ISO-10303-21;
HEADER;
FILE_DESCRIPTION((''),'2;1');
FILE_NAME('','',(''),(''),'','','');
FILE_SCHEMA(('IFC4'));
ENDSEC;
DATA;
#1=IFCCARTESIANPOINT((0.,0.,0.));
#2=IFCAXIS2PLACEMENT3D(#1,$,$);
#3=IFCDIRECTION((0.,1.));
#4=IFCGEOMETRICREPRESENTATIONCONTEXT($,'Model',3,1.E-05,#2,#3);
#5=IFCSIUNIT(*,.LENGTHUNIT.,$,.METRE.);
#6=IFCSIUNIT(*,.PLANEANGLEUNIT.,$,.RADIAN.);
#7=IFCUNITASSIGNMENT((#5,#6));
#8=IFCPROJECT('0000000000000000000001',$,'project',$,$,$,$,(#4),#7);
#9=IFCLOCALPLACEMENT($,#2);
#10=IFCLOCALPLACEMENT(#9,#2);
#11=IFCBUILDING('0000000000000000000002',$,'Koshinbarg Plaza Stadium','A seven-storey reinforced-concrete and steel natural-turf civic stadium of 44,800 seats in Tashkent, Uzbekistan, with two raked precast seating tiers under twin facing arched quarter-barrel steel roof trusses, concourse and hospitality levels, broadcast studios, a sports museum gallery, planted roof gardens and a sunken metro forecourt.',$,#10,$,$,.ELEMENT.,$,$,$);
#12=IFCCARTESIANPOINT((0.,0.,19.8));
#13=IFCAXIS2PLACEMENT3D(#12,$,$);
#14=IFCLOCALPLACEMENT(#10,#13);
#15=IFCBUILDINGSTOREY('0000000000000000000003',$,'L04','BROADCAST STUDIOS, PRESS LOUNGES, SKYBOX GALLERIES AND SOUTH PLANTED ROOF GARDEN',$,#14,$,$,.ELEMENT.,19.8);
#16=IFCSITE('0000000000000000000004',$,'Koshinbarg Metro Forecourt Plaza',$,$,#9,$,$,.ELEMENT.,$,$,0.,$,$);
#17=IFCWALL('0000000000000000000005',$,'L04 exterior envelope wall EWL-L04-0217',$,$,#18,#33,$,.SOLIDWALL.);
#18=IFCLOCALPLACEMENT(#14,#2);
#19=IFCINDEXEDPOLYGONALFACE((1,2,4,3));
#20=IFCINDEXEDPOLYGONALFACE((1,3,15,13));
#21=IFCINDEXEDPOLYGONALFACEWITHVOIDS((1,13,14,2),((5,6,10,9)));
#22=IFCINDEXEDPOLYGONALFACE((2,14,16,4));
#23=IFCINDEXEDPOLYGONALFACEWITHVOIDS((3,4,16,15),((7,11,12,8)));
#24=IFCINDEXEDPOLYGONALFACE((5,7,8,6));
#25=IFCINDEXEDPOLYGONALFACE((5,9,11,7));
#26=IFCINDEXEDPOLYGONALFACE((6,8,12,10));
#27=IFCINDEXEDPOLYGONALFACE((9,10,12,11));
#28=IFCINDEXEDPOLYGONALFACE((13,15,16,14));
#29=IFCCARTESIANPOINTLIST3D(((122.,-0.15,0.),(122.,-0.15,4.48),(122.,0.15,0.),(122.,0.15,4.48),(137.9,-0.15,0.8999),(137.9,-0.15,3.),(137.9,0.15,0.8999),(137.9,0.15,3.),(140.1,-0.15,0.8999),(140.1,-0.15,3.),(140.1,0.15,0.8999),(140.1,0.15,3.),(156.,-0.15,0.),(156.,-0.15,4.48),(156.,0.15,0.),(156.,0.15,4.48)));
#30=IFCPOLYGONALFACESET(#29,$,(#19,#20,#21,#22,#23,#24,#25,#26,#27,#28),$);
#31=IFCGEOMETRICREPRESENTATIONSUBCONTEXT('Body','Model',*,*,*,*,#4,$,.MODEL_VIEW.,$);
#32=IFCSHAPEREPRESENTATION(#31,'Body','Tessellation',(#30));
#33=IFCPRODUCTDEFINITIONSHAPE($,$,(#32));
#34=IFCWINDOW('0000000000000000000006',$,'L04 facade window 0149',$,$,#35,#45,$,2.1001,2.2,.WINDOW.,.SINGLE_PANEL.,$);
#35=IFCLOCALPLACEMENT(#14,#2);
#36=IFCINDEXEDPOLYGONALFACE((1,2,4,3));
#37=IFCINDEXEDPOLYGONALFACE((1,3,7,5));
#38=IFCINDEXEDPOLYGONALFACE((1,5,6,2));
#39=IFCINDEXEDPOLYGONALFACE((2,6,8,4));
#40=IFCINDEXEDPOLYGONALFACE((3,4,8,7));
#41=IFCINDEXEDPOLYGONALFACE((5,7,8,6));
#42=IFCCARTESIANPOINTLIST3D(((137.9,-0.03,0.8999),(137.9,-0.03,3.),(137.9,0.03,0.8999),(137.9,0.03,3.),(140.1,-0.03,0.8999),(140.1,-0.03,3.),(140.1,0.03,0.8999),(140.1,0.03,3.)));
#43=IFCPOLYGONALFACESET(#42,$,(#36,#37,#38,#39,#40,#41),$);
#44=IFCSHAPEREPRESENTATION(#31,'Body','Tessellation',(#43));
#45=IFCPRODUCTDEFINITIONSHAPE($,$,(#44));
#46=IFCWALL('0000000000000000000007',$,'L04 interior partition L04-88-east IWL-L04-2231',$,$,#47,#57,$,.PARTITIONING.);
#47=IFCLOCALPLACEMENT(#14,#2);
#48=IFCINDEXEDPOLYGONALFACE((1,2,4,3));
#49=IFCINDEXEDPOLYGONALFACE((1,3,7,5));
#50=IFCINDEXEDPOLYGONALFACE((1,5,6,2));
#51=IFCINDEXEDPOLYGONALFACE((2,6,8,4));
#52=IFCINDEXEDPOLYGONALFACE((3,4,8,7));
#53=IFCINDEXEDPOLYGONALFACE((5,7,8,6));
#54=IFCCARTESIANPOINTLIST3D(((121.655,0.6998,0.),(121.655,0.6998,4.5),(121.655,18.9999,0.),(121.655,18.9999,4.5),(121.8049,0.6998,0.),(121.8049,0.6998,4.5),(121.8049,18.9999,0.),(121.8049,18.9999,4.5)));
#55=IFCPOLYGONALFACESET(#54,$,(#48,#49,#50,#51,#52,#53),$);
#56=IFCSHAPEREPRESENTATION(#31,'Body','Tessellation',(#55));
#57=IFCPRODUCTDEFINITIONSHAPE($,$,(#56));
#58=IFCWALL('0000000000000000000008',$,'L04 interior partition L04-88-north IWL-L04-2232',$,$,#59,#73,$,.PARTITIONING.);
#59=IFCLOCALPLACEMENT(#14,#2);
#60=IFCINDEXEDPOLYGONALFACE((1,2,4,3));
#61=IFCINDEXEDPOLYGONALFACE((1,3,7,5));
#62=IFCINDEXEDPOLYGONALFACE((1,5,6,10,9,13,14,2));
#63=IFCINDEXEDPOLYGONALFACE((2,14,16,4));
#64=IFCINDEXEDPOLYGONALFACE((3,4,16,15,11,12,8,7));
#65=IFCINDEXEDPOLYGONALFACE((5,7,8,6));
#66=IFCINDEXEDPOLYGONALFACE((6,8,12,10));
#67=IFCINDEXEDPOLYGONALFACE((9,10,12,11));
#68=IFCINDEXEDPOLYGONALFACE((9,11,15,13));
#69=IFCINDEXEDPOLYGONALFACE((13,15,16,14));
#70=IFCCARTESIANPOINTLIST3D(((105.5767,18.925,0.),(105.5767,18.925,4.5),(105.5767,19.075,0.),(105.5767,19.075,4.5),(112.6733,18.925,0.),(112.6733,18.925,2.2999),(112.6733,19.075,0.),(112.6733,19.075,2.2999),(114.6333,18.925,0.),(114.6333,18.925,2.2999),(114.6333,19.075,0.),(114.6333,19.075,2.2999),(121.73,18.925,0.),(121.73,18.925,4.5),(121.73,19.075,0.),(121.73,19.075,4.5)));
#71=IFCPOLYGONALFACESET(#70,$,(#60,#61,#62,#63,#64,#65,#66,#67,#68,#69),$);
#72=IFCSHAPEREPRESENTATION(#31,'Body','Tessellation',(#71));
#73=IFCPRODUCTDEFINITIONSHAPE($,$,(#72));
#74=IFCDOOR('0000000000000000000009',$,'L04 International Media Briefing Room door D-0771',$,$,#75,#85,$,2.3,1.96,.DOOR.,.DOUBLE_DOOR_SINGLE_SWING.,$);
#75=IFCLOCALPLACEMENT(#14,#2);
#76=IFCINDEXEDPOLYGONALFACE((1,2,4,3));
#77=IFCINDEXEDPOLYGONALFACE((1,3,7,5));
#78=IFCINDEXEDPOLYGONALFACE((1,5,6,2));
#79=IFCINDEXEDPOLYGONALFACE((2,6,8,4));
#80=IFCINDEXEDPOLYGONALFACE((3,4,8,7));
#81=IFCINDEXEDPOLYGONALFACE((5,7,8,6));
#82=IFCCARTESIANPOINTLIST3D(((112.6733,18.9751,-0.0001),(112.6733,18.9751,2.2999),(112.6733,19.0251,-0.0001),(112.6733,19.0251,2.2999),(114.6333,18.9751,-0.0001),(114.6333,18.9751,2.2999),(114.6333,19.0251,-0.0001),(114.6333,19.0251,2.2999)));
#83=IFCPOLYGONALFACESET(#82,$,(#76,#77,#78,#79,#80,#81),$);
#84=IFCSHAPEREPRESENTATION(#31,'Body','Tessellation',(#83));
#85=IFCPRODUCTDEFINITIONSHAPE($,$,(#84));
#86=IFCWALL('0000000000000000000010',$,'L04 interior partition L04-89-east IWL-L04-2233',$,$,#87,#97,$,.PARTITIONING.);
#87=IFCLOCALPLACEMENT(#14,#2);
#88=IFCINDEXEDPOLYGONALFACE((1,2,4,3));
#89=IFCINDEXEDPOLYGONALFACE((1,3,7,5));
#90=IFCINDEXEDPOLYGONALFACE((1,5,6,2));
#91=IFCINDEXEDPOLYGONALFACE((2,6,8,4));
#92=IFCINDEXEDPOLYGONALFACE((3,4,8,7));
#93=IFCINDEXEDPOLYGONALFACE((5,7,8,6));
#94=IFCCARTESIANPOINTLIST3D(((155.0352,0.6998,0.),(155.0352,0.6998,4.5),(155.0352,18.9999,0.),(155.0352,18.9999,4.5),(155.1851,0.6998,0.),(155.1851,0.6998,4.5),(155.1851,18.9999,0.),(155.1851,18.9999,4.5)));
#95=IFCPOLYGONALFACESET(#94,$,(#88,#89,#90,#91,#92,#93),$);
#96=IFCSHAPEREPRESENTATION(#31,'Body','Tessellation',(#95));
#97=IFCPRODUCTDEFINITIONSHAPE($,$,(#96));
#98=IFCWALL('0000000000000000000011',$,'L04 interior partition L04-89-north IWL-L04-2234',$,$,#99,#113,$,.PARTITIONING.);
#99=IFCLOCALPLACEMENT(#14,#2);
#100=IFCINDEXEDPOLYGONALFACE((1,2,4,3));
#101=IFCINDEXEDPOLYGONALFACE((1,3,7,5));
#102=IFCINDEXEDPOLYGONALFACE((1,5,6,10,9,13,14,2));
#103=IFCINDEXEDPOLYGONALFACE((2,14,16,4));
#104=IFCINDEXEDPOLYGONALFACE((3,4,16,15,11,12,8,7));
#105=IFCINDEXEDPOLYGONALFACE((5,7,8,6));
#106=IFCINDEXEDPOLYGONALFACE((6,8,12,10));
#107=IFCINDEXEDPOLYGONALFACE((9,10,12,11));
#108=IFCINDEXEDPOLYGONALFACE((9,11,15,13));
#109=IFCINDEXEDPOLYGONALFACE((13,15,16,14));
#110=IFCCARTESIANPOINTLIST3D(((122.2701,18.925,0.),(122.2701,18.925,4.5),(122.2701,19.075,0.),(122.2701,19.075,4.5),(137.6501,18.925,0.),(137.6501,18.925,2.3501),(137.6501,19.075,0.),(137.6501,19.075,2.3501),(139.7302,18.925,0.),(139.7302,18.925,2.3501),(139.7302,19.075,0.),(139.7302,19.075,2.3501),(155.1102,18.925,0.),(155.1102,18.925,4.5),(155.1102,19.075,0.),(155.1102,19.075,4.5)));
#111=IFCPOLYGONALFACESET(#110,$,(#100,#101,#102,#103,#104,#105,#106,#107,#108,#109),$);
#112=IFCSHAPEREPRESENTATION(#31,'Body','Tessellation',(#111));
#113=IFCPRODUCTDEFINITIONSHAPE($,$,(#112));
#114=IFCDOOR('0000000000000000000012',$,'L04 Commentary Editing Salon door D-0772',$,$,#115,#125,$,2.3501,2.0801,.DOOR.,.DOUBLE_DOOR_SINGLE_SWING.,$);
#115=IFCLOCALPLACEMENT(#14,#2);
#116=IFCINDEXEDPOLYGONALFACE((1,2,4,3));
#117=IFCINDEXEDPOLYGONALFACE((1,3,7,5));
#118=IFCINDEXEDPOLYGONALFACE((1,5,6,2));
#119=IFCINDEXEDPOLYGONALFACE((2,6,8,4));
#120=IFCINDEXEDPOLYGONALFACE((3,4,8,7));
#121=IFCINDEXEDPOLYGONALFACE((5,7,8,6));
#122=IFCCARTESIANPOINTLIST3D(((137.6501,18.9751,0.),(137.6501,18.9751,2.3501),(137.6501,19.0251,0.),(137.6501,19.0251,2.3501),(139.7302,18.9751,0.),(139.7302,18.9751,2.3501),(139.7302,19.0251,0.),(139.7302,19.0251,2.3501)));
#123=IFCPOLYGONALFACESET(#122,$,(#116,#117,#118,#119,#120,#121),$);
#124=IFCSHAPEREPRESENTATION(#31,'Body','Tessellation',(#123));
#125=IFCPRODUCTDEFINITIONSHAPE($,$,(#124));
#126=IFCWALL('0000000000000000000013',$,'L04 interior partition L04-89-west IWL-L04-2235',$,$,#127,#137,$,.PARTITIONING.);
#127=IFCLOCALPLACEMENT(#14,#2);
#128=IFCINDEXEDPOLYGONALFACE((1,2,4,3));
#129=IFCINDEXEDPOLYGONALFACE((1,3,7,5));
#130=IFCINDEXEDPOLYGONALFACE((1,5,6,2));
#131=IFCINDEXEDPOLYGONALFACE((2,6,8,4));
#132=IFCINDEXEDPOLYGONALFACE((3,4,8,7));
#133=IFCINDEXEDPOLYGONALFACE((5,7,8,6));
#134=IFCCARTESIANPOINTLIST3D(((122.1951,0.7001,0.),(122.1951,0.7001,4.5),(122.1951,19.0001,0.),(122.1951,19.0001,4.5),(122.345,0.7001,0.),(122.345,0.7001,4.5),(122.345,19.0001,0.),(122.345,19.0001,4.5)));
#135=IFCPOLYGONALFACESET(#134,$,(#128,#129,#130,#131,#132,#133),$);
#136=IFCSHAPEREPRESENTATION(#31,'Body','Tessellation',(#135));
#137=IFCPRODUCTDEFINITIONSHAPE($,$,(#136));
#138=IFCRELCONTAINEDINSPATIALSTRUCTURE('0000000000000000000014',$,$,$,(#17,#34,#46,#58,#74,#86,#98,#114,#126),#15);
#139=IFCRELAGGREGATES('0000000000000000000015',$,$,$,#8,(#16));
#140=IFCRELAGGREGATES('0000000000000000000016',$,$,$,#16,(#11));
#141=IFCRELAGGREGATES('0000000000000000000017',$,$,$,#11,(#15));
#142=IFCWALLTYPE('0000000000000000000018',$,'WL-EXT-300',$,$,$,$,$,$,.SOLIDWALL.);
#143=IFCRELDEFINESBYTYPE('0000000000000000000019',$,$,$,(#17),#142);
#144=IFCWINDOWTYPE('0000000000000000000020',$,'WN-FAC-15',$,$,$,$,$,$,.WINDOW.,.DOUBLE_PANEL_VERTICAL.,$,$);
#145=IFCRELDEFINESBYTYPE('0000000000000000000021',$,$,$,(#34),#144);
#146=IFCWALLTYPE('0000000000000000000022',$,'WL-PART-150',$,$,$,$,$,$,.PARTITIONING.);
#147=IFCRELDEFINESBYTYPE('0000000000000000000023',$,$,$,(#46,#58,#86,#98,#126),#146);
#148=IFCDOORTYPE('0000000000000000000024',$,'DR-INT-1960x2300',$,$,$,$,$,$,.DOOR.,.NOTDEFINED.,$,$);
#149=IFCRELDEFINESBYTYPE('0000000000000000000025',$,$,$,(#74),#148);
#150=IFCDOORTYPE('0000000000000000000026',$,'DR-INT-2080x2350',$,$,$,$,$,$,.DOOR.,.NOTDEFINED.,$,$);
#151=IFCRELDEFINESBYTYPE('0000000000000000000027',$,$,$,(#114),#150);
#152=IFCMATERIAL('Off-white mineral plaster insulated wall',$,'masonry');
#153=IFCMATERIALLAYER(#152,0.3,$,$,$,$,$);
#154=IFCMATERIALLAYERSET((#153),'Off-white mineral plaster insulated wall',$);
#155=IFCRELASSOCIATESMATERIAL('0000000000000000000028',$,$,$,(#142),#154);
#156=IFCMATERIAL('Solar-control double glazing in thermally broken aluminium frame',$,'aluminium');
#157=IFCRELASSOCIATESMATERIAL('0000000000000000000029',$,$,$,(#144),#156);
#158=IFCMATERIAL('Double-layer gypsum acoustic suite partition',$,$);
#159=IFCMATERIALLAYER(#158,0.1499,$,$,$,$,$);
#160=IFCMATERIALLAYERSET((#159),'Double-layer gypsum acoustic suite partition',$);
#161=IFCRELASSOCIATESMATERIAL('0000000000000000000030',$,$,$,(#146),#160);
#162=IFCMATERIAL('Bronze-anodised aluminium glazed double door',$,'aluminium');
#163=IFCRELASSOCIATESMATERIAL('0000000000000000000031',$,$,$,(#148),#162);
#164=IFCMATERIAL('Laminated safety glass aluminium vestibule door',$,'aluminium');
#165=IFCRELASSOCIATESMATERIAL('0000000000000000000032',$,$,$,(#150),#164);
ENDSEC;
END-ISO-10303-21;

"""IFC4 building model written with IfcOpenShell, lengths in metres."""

from ifc_helpers import new_model, si_unit, direction, frame, frame_2d, origin, place, context, subcontext, project, spatial, rectangle, extrude, material, layer, layer_set, type_object, element, fill, save


model = new_model("IFC4")

# Units and contexts
model_context = context("Model", 3, precision=1e-05, world=origin(), true_north=direction((0.0, 1.0)))
body_context = subcontext(model_context, "Body", "Model", "MODEL_VIEW")
ifc_project = project(units=[si_unit("LENGTHUNIT", "METRE"), si_unit("PLANEANGLEUNIT", "RADIAN")], contexts=[model_context])

# Site, building, storey
site_placement = place(None, origin())
site = spatial("IfcSite", under=ifc_project, at=site_placement, Name="Koshinbarg Metro Forecourt Plaza", CompositionType="ELEMENT", RefElevation=0.0)
building_placement = place(site_placement, origin())
building = spatial("IfcBuilding", under=site, at=building_placement, Name="Koshinbarg Plaza Stadium", Description="A seven-storey reinforced-concrete and steel natural-turf civic stadium of 44,800 seats in Tashkent, Uzbekistan, with two raked precast seating tiers under twin facing arched quarter-barrel steel roof trusses, concourse and hospitality levels, broadcast studios, a sports museum gallery, planted roof gardens and a sunken metro forecourt.", CompositionType="ELEMENT")
storey_placement = place(building_placement, frame((0.0, 0.0, 19.8)))
storey = spatial("IfcBuildingStorey", under=building, at=storey_placement, Name="L04", Description="BROADCAST STUDIOS, PRESS LOUNGES, SKYBOX GALLERIES AND SOUTH PLANTED ROOF GARDEN", CompositionType="ELEMENT", Elevation=19.8)

# Wall, opening, window
ifc_material_1 = material(Name="Off-white mineral plaster insulated wall", Category="masonry")
ifc_layer_1 = layer(ifc_material_1, 0.3)
ifc_layer_set_1 = layer_set([ifc_layer_1], Name="Off-white mineral plaster insulated wall")
wall_type_1 = type_object("IfcWallType", Name="WL-EXT-300", PredefinedType="SOLIDWALL", material=ifc_layer_set_1)
wall_1_placement = place(storey_placement, frame((156.0, 0.0, 0.0), z_axis=(0.0, 0.0, 1.0), x_axis=(-1.0, 0.0, 0.0)))
wall_1 = element("IfcWall", 1, at=wall_1_placement, inside=storey, type_object=wall_type_1, Name="L04 exterior envelope wall EWL-L04-0217", PredefinedType="SOLIDWALL", context=body_context, shape_type="SweptSolid", body=[
    extrude(rectangle(XDim=34.0, YDim=0.3, at=frame_2d((17.0, 0.0))), origin(), (0.0, 0.0, 1.0), 4.48),
])
opening_1_placement = place(wall_1_placement, frame((15.8999, 0.0, 0.8999)))
opening_1 = element("IfcOpeningElement", 2, at=opening_1_placement, cuts=wall_1, PredefinedType="OPENING", context=body_context, shape_type="SweptSolid", body=[
    extrude(rectangle(XDim=2.2, YDim=2.1001, at=frame_2d((1.1001, 1.05))), frame((0.0, 0.1599, 0.0), z_axis=(0.0, -1.0, 0.0), x_axis=(1.0, 0.0, 0.0)), (0.0, 0.0, 1.0), 0.3201),
])
ifc_material_2 = material(Name="Solar-control double glazing in thermally broken aluminium frame", Category="aluminium")
window_type = type_object("IfcWindowType", Name="WN-FAC-15", PartitioningType="DOUBLE_PANEL_VERTICAL", PredefinedType="WINDOW", material=ifc_material_2)
window_placement = place(opening_1_placement, origin())
window = element("IfcWindow", 3, at=window_placement, inside=storey, type_object=window_type, Name="L04 facade window 0149", OverallHeight=2.1001, OverallWidth=2.2, PartitioningType="SINGLE_PANEL", PredefinedType="WINDOW", context=body_context, shape_type="SweptSolid", body=[
    extrude(rectangle(XDim=2.2, YDim=2.1001, at=frame_2d((1.1001, 1.05))), frame((0.0, 0.03, 0.0), z_axis=(0.0, -1.0, 0.0), x_axis=(1.0, 0.0, 0.0)), (0.0, 0.0, 1.0), 0.0601),
])
fill(opening_1, window)

# Wall
ifc_material_3 = material(Name="Double-layer gypsum acoustic suite partition")
ifc_layer_2 = layer(ifc_material_3, 0.1499)
ifc_layer_set_2 = layer_set([ifc_layer_2], Name="Double-layer gypsum acoustic suite partition")
wall_type_2 = type_object("IfcWallType", Name="WL-PART-150", PredefinedType="PARTITIONING", material=ifc_layer_set_2)
wall_2_placement = place(storey_placement, frame((121.73, 0.7, 0.0), z_axis=(0.0, 0.0, 1.0), x_axis=(0.0, 1.0, 0.0)))
element("IfcWall", 4, at=wall_2_placement, inside=storey, type_object=wall_type_2, Name="L04 interior partition L04-88-east IWL-L04-2231", PredefinedType="PARTITIONING", context=body_context, shape_type="SweptSolid", body=[
    extrude(rectangle(XDim=18.3, YDim=0.1499, at=frame_2d((9.1499, 0.0))), origin(), (0.0, 0.0, 1.0), 4.5),
])

# Wall, opening, door
wall_3_placement = place(storey_placement, frame((121.73, 19.0, 0.0), z_axis=(0.0, 0.0, 1.0), x_axis=(-1.0, 0.0, 0.0)))
wall_3 = element("IfcWall", 5, at=wall_3_placement, inside=storey, type_object=wall_type_2, Name="L04 interior partition L04-88-north IWL-L04-2232", PredefinedType="PARTITIONING", context=body_context, shape_type="SweptSolid", body=[
    extrude(rectangle(XDim=16.1533, YDim=0.1499, at=frame_2d((8.0767, 0.0))), origin(), (0.0, 0.0, 1.0), 4.5),
])
opening_2_placement = place(wall_3_placement, frame((7.0967, 0.0, 0.0)))
opening_2 = element("IfcOpeningElement", 6, at=opening_2_placement, cuts=wall_3, PredefinedType="OPENING", context=body_context, shape_type="SweptSolid", body=[
    extrude(rectangle(XDim=1.96, YDim=2.3, at=frame_2d((0.98, 1.1499))), frame((0.0, 0.085, 0.0), z_axis=(0.0, -1.0, 0.0), x_axis=(1.0, 0.0, 0.0)), (0.0, 0.0, 1.0), 0.1699),
])
ifc_material_4 = material(Name="Bronze-anodised aluminium glazed double door", Category="aluminium")
door_type_1 = type_object("IfcDoorType", Name="DR-INT-1960x2300", OperationType="NOTDEFINED", PredefinedType="DOOR", material=ifc_material_4)
door_1_placement = place(opening_2_placement, origin())
door_1 = element("IfcDoor", 7, at=door_1_placement, inside=storey, type_object=door_type_1, Name="L04 International Media Briefing Room door D-0771", OperationType="DOUBLE_DOOR_SINGLE_SWING", OverallHeight=2.3, OverallWidth=1.96, PredefinedType="DOOR", context=body_context, shape_type="SweptSolid", body=[
    extrude(rectangle(XDim=1.96, YDim=2.3, at=frame_2d((0.98, 1.1499))), frame((0.0, 0.0249, 0.0), z_axis=(0.0, -1.0, 0.0), x_axis=(1.0, 0.0, 0.0)), (0.0, 0.0, 1.0), 0.05),
])
fill(opening_2, door_1)

# Wall
wall_4_placement = place(storey_placement, frame((155.1101, 0.7, 0.0), z_axis=(0.0, 0.0, 1.0), x_axis=(0.0, 1.0, 0.0)))
element("IfcWall", 8, at=wall_4_placement, inside=storey, type_object=wall_type_2, Name="L04 interior partition L04-89-east IWL-L04-2233", PredefinedType="PARTITIONING", context=body_context, shape_type="SweptSolid", body=[
    extrude(rectangle(XDim=18.3, YDim=0.1499, at=frame_2d((9.1499, 0.0))), origin(), (0.0, 0.0, 1.0), 4.5),
])

# Wall, opening, door
wall_5_placement = place(storey_placement, frame((155.1101, 19.0, 0.0), z_axis=(0.0, 0.0, 1.0), x_axis=(-1.0, 0.0, 0.0)))
wall_5 = element("IfcWall", 9, at=wall_5_placement, inside=storey, type_object=wall_type_2, Name="L04 interior partition L04-89-north IWL-L04-2234", PredefinedType="PARTITIONING", context=body_context, shape_type="SweptSolid", body=[
    extrude(rectangle(XDim=32.8401, YDim=0.1499, at=frame_2d((16.4199, 0.0))), origin(), (0.0, 0.0, 1.0), 4.5),
])
opening_3_placement = place(wall_5_placement, frame((15.3799, 0.0, 0.0)))
opening_3 = element("IfcOpeningElement", 10, at=opening_3_placement, cuts=wall_5, PredefinedType="OPENING", context=body_context, shape_type="SweptSolid", body=[
    extrude(rectangle(XDim=2.0801, YDim=2.3501, at=frame_2d((1.04, 1.175))), frame((0.0, 0.085, 0.0), z_axis=(0.0, -1.0, 0.0), x_axis=(1.0, 0.0, 0.0)), (0.0, 0.0, 1.0), 0.1699),
])
ifc_material_5 = material(Name="Laminated safety glass aluminium vestibule door", Category="aluminium")
door_type_2 = type_object("IfcDoorType", Name="DR-INT-2080x2350", OperationType="NOTDEFINED", PredefinedType="DOOR", material=ifc_material_5)
door_2_placement = place(opening_3_placement, origin())
door_2 = element("IfcDoor", 11, at=door_2_placement, inside=storey, type_object=door_type_2, Name="L04 Commentary Editing Salon door D-0772", OperationType="DOUBLE_DOOR_SINGLE_SWING", OverallHeight=2.3501, OverallWidth=2.0801, PredefinedType="DOOR", context=body_context, shape_type="SweptSolid", body=[
    extrude(rectangle(XDim=2.0801, YDim=2.3501, at=frame_2d((1.04, 1.175))), frame((0.0, 0.0249, 0.0), z_axis=(0.0, -1.0, 0.0), x_axis=(1.0, 0.0, 0.0)), (0.0, 0.0, 1.0), 0.05),
])
fill(opening_3, door_2)

# Wall
wall_6_placement = place(storey_placement, frame((122.27, 19.0, 0.0), z_axis=(0.0, 0.0, 1.0), x_axis=(0.0, -1.0, 0.0)))
element("IfcWall", 12, at=wall_6_placement, inside=storey, type_object=wall_type_2, Name="L04 interior partition L04-89-west IWL-L04-2235", PredefinedType="PARTITIONING", context=body_context, shape_type="SweptSolid", body=[
    extrude(rectangle(XDim=18.3, YDim=0.1499, at=frame_2d((9.1499, 0.0))), origin(), (0.0, 0.0, 1.0), 4.5),
])

save(model, "model.ifc")
